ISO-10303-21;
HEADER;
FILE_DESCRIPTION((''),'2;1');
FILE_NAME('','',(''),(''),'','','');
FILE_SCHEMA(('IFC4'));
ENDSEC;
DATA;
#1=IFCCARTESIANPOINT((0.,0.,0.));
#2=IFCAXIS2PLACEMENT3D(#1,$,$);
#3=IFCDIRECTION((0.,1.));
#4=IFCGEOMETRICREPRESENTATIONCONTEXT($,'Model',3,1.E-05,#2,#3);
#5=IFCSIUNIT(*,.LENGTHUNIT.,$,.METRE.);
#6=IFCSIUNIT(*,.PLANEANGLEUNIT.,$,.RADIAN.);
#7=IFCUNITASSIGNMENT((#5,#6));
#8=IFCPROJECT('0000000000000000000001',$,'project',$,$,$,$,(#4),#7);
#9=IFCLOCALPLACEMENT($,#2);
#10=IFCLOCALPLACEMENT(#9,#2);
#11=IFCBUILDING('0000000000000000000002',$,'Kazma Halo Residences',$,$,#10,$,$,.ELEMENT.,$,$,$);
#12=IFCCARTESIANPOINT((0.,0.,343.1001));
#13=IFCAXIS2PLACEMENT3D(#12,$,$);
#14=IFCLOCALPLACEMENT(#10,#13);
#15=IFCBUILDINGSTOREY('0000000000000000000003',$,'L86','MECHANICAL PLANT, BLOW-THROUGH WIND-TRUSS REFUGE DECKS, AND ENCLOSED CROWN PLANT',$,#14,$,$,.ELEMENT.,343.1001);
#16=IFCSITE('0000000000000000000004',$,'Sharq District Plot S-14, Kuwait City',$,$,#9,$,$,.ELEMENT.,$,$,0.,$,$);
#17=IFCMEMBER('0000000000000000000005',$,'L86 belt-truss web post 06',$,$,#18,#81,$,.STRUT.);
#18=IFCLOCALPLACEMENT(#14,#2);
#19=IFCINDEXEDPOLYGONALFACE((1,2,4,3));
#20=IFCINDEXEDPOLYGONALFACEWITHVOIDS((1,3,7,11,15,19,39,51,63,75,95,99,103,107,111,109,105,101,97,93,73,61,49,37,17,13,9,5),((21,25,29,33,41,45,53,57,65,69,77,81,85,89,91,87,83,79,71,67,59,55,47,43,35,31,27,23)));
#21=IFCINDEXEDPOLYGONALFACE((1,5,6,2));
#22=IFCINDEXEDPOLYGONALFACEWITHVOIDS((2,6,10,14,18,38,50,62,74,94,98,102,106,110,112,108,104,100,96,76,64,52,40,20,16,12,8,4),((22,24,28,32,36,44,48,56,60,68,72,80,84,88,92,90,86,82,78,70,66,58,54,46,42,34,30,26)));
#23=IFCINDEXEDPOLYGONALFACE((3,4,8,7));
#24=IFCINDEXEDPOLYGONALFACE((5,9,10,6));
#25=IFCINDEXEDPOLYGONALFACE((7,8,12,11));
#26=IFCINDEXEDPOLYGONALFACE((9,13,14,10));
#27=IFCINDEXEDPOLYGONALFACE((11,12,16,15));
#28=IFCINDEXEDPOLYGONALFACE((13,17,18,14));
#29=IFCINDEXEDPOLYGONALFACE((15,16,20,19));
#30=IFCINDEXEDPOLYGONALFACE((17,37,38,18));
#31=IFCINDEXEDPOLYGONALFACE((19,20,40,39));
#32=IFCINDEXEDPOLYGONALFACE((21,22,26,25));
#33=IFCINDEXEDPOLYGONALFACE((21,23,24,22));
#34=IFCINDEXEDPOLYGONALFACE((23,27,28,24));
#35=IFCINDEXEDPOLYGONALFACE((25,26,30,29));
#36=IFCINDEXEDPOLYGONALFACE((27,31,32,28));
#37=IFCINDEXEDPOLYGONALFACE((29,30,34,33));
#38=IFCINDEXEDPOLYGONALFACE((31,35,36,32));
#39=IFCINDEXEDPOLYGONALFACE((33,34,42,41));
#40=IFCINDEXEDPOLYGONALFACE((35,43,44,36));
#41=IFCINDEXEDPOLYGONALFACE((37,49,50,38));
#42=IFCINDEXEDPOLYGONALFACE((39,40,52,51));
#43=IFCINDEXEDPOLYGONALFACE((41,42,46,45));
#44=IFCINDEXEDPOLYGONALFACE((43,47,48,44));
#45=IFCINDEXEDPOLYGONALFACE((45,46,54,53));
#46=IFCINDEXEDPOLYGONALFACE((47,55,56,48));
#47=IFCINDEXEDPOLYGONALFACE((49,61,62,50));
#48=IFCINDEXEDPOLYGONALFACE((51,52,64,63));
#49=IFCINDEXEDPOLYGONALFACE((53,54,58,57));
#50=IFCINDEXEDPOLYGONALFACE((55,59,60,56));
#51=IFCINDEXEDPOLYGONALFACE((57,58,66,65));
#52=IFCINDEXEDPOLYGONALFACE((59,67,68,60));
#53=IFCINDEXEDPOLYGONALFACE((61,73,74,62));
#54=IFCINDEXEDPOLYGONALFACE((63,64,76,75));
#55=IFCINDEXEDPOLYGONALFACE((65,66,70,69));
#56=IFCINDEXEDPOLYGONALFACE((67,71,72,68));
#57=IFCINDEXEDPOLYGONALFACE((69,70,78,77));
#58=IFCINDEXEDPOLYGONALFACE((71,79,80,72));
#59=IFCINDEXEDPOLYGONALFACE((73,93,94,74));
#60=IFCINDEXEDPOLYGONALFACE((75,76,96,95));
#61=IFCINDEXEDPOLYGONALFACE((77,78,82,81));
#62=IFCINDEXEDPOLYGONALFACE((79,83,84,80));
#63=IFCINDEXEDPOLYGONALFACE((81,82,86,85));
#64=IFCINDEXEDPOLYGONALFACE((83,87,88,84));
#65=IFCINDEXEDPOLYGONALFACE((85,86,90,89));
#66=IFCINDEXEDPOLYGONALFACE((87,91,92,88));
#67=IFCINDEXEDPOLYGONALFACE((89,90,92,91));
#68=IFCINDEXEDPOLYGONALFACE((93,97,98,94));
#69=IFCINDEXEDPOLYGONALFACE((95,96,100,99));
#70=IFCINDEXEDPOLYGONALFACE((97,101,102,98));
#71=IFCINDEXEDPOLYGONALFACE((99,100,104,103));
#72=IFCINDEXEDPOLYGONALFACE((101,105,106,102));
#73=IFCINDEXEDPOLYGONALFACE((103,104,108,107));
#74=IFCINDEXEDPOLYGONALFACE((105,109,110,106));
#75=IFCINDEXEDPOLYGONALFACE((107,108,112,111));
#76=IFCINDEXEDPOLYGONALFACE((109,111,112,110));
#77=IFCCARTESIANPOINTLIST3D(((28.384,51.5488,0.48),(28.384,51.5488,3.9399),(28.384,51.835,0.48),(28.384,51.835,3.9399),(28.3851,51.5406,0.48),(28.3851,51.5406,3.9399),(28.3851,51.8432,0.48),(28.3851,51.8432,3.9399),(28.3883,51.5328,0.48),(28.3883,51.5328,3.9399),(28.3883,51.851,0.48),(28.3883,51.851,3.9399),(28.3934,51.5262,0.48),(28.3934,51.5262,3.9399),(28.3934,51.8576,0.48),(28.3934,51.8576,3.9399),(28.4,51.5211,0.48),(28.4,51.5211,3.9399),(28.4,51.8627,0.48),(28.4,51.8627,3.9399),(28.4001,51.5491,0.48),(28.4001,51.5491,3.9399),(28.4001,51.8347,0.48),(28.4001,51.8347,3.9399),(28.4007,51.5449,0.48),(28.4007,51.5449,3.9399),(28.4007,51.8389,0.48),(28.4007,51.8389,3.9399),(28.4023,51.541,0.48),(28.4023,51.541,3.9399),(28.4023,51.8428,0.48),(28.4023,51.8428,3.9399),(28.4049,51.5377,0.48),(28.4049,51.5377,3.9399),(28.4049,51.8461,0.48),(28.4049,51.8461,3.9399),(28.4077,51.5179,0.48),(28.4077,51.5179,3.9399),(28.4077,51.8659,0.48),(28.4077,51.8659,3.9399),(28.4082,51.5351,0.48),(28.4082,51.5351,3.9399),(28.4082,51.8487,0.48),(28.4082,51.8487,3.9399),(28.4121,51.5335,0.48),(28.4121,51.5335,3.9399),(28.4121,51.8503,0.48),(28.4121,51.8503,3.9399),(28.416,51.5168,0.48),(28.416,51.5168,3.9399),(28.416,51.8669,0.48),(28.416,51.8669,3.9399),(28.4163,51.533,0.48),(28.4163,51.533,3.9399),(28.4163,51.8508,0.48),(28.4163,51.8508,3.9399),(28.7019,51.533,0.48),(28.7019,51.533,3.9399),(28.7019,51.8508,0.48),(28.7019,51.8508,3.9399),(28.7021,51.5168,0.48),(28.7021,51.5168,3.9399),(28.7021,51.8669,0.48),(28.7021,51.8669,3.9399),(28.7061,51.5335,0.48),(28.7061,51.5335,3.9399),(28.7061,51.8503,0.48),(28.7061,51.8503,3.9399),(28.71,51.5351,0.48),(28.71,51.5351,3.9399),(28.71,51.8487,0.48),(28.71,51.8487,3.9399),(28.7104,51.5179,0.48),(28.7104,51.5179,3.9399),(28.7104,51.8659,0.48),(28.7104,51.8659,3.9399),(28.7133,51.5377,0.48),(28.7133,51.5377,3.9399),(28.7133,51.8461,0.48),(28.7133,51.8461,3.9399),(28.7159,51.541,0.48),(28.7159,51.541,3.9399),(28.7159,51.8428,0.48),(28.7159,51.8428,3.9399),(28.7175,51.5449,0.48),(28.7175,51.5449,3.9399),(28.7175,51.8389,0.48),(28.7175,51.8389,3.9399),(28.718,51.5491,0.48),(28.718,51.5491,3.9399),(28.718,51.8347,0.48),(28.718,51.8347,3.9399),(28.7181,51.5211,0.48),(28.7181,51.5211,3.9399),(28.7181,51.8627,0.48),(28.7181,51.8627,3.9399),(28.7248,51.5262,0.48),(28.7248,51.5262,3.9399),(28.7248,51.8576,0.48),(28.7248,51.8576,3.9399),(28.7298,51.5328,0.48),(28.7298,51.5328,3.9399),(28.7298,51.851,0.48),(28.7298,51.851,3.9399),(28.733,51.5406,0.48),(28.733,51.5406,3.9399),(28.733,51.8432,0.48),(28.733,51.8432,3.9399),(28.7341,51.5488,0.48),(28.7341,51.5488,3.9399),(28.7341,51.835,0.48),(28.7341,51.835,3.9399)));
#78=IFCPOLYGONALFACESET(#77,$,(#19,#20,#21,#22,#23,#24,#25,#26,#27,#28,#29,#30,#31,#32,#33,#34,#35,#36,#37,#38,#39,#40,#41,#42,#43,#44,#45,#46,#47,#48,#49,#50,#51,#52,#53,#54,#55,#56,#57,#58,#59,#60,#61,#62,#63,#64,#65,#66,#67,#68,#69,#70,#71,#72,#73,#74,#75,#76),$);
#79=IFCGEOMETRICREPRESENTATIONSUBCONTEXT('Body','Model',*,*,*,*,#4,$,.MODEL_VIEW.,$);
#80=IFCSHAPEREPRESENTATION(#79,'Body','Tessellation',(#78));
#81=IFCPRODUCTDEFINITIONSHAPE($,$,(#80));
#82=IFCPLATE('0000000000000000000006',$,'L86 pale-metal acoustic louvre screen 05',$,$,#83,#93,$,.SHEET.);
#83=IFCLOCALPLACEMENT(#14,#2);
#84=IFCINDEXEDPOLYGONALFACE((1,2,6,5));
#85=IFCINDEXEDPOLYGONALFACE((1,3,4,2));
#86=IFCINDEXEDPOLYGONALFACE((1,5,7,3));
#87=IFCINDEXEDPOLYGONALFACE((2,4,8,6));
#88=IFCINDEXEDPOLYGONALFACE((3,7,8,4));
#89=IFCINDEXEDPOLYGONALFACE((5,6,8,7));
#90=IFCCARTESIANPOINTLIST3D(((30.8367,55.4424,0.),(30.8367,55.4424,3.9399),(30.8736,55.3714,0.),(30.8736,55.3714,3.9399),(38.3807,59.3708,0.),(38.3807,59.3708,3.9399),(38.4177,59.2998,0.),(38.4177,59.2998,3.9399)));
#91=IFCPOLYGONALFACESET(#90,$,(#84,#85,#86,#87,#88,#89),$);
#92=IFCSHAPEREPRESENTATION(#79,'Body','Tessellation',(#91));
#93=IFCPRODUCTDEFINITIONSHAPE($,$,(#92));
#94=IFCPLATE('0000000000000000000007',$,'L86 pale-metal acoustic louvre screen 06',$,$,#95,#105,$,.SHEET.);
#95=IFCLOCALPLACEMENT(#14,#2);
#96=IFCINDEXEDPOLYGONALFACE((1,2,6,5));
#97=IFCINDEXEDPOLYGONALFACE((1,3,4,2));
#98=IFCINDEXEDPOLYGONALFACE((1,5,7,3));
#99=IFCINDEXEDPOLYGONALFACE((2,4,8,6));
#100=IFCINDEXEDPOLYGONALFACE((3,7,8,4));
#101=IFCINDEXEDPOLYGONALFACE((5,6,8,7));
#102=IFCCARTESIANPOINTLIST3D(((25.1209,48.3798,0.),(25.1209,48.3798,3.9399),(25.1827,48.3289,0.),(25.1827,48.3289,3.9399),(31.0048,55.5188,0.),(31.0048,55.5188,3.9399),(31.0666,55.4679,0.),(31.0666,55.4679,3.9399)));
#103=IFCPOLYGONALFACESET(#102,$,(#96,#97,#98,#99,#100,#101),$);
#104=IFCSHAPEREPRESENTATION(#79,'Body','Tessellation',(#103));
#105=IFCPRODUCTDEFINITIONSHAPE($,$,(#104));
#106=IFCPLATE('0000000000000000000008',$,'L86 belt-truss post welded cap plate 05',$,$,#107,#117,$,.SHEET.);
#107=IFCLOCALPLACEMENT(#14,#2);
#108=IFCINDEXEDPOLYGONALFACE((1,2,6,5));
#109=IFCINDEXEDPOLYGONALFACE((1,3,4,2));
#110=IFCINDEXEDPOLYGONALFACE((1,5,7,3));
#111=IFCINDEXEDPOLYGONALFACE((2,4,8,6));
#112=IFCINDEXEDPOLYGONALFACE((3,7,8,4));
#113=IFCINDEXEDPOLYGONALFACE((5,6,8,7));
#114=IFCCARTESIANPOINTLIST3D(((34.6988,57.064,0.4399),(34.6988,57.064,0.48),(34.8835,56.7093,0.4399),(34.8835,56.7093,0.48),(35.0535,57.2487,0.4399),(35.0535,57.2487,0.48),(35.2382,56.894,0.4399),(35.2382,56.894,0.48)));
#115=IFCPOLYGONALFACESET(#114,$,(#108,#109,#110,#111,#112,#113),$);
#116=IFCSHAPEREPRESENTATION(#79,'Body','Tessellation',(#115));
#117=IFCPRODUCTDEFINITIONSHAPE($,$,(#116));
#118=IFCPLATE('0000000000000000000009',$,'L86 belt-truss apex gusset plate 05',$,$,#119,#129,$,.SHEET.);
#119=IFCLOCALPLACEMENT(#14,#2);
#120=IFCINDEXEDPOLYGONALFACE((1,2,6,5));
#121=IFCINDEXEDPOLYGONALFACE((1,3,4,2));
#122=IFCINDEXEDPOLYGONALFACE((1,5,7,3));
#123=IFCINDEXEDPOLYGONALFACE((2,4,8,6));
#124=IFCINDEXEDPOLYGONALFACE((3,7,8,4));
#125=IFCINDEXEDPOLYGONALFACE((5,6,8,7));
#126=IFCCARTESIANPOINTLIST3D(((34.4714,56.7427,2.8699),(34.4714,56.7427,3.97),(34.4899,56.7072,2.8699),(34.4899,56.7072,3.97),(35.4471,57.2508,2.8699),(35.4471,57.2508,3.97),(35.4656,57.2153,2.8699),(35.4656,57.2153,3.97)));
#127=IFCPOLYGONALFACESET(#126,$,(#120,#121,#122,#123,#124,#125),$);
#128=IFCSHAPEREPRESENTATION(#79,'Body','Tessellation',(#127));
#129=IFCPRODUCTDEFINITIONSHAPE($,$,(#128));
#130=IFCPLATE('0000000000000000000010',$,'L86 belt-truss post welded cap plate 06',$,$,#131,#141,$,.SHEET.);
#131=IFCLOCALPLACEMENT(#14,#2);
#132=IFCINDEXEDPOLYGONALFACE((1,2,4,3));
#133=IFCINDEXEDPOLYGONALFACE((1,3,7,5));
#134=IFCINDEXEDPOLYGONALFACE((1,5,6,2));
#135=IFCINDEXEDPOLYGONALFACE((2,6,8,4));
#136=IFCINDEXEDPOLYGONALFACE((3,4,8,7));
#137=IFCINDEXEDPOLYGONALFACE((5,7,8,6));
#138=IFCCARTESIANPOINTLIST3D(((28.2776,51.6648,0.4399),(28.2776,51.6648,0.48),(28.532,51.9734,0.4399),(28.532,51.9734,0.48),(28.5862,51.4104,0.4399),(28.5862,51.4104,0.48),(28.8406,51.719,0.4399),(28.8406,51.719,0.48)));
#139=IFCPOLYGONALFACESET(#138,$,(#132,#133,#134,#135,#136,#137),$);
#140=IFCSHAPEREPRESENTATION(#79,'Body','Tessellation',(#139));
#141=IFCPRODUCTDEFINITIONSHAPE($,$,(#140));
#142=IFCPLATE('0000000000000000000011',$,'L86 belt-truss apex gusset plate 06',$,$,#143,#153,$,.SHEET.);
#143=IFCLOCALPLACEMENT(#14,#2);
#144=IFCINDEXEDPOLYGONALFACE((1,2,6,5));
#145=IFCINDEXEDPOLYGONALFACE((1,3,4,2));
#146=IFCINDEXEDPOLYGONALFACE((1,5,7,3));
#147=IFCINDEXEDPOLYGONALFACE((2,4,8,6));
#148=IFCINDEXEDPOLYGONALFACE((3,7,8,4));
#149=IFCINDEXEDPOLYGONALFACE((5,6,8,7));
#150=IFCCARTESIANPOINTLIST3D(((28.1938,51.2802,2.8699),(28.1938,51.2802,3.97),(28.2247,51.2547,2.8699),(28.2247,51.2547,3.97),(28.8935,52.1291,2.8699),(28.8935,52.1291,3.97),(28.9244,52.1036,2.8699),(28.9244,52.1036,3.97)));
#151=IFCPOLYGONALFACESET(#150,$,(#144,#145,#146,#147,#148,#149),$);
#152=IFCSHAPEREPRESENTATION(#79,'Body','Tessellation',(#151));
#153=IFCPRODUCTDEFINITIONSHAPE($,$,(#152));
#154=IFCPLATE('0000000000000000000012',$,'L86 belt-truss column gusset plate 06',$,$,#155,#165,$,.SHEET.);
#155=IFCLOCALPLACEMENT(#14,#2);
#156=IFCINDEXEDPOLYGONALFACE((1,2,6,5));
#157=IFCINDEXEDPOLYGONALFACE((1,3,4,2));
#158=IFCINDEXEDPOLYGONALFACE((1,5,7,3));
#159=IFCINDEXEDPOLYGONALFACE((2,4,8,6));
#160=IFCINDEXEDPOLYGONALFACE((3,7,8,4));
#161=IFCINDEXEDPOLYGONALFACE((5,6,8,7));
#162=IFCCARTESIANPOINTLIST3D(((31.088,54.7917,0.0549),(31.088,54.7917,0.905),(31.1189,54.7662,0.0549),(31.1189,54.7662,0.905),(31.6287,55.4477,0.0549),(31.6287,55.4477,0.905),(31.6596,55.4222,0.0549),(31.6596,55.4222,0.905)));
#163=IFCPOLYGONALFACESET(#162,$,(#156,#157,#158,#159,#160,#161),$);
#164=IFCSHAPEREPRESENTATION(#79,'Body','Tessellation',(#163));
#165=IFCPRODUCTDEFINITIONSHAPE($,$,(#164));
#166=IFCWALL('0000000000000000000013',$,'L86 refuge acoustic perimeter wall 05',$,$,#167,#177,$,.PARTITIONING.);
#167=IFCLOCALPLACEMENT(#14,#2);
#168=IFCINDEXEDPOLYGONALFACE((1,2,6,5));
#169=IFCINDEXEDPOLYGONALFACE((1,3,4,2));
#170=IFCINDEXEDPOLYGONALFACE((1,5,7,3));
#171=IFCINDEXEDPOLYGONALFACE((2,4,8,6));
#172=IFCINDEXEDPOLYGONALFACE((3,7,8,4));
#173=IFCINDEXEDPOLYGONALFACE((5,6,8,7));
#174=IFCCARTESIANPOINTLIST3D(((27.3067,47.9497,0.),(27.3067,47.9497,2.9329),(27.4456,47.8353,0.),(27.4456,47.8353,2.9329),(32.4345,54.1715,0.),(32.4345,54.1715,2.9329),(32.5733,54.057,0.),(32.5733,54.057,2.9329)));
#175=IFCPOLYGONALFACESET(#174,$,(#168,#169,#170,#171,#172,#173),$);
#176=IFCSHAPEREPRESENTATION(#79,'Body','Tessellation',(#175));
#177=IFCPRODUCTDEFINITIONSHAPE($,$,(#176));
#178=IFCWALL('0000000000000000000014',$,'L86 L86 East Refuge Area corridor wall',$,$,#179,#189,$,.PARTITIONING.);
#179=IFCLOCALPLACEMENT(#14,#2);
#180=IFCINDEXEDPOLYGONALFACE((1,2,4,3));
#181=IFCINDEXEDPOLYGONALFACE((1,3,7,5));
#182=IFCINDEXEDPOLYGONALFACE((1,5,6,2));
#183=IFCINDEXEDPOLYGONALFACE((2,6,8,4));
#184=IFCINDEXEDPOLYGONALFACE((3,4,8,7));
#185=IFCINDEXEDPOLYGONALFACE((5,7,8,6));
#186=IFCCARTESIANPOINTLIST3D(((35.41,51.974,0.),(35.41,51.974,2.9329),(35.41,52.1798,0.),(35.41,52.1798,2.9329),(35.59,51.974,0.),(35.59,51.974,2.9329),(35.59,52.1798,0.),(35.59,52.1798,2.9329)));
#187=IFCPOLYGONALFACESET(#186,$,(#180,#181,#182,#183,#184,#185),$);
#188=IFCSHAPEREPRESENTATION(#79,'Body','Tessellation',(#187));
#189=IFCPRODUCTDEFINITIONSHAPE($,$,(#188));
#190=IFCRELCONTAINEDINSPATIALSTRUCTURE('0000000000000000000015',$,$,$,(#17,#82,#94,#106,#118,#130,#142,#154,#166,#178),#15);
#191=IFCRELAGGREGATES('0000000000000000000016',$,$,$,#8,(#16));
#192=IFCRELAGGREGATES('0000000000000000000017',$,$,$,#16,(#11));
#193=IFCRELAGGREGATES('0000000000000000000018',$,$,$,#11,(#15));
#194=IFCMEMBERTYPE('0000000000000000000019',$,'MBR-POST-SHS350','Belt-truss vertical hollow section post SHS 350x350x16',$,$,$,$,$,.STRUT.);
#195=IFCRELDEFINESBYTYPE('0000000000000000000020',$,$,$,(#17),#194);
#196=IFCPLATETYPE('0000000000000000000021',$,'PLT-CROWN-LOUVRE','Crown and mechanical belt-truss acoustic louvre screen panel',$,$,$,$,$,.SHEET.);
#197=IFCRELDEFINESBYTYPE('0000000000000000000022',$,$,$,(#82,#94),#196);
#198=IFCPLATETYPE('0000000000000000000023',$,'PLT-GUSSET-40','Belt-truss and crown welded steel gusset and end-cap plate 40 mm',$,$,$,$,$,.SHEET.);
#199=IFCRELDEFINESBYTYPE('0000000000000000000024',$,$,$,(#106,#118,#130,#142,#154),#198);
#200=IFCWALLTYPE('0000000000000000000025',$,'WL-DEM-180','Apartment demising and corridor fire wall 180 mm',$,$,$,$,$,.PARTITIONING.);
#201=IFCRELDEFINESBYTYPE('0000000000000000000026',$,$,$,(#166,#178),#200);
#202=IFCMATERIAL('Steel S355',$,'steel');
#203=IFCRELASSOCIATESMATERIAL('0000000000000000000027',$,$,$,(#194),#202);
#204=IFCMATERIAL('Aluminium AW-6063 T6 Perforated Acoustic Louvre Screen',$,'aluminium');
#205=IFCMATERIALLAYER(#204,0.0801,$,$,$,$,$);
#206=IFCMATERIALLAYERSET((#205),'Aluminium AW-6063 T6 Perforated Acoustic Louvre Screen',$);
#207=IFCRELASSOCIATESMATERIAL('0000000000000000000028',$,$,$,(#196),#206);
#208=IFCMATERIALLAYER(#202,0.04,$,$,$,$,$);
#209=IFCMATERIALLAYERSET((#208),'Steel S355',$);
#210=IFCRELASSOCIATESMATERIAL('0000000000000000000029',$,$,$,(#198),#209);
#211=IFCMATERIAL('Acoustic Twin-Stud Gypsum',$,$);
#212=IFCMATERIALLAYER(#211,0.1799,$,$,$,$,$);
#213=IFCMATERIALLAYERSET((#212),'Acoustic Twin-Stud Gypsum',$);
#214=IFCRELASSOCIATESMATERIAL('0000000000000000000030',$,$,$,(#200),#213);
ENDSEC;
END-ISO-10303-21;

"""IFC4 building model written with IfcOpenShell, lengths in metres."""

from ifc_helpers import new_model, si_unit, direction, frame, frame_2d, origin, origin_2d, place, context, subcontext, project, spatial, rectangle, hollow_rectangle, extrude, material, layer, layer_set, material_profile, profile_set, type_object, element, save


model = new_model("IFC4")

# Units and contexts
model_context = context("Model", 3, precision=1e-05, world=origin(), true_north=direction((0.0, 1.0)))
body_context = subcontext(model_context, "Body", "Model", "MODEL_VIEW")
ifc_project = project(units=[si_unit("LENGTHUNIT", "METRE"), si_unit("PLANEANGLEUNIT", "RADIAN")], contexts=[model_context])

# Site, building, storey
site_placement = place(None, origin())
site = spatial("IfcSite", under=ifc_project, at=site_placement, Name="Sharq District Plot S-14, Kuwait City", CompositionType="ELEMENT", RefElevation=0.0)
building_placement = place(site_placement, origin())
building = spatial("IfcBuilding", under=site, at=building_placement, Name="Kazma Halo Residences", CompositionType="ELEMENT")
storey_placement = place(building_placement, frame((0.0, 0.0, 343.1001)))
storey = spatial("IfcBuildingStorey", under=building, at=storey_placement, Name="L86", Description="MECHANICAL PLANT, BLOW-THROUGH WIND-TRUSS REFUGE DECKS, AND ENCLOSED CROWN PLANT", CompositionType="ELEMENT", Elevation=343.1001)

# Shared definitions
ifc_material_1 = material(Name="Steel S355", Category="steel")

# Member
ifc_material_profile_1 = material_profile(ifc_material_1, hollow_rectangle(XDim=0.3501, YDim=0.3501, WallThickness=0.0161, InnerFilletRadius=0.0161, OuterFilletRadius=0.032, at=origin_2d()), Name="SHS350x350x16")
ifc_profile_set_1 = profile_set([ifc_material_profile_1], Name="Steel S355")
member_type_1 = type_object("IfcMemberType", Name="MBR-POST-SHS350", Description="Belt-truss vertical hollow section post SHS 350x350x16", PredefinedType="STRUT", material=ifc_profile_set_1)
for number, where, z_axis, x_axis, name in (
    (1, (28.5591, 51.6919, 0.48), (0.0, 0.0, 1.0), (1.0, 0.0, 0.0), "L86 belt-truss web post 06"),
):
    element("IfcMember", number, at=place(storey_placement, frame(where, z_axis=z_axis, x_axis=x_axis)), inside=storey, type_object=member_type_1, Name=name, PredefinedType="STRUT", context=body_context, shape_type="SweptSolid", body=[
        extrude(hollow_rectangle(XDim=0.3501, YDim=0.3501, WallThickness=0.0161, InnerFilletRadius=0.0161, OuterFilletRadius=0.032, at=origin_2d()), origin(), (0.0, 0.0, 1.0), 3.46),
    ])

# Plates
ifc_material_2 = material(Name="Aluminium AW-6063 T6 Perforated Acoustic Louvre Screen", Category="aluminium")
ifc_layer_1 = layer(ifc_material_2, 0.0801)
ifc_layer_set_1 = layer_set([ifc_layer_1], Name="Aluminium AW-6063 T6 Perforated Acoustic Louvre Screen")
plate_type_1 = type_object("IfcPlateType", Name="PLT-CROWN-LOUVRE", Description="Crown and mechanical belt-truss acoustic louvre screen panel", PredefinedType="SHEET", material=ifc_layer_set_1)
plate_1_placement = place(storey_placement, frame((34.6272, 57.3711, 0.0), z_axis=(0.0, 0.0, 1.0), x_axis=(-0.886953, -0.461859, 0.0)))
element("IfcPlate", 2, at=plate_1_placement, inside=storey, type_object=plate_type_1, Name="L86 pale-metal acoustic louvre screen 05", PredefinedType="SHEET", context=body_context, shape_type="SweptSolid", body=[
    extrude(rectangle(XDim=8.5056, YDim=0.0801, at=origin_2d()), origin(), (0.0, 0.0, 1.0), 3.9399),
])
plate_2_placement = place(storey_placement, frame((28.0938, 51.9238, 0.0), z_axis=(0.0, 0.0, 1.0), x_axis=(-0.636007, -0.771684, 0.0)))
element("IfcPlate", 3, at=plate_2_placement, inside=storey, type_object=plate_type_1, Name="L86 pale-metal acoustic louvre screen 06", PredefinedType="SHEET", context=body_context, shape_type="SweptSolid", body=[
    extrude(rectangle(XDim=9.2512, YDim=0.0801, at=origin_2d()), origin(), (0.0, 0.0, 1.0), 3.9399),
])
ifc_layer_2 = layer(ifc_material_1, 0.04)
ifc_layer_set_2 = layer_set([ifc_layer_2], Name="Steel S355")
plate_type_2 = type_object("IfcPlateType", Name="PLT-GUSSET-40", Description="Belt-truss and crown welded steel gusset and end-cap plate 40 mm", PredefinedType="SHEET", material=ifc_layer_set_2)
plate_3_placement = place(storey_placement, frame((34.9685, 56.979, 0.4399), z_axis=(0.0, 0.0, 1.0), x_axis=(-0.886953, -0.461859, 0.0)))
element("IfcPlate", 4, at=plate_3_placement, inside=storey, type_object=plate_type_2, Name="L86 belt-truss post welded cap plate 05", PredefinedType="SHEET", context=body_context, shape_type="SweptSolid", body=[
    extrude(rectangle(XDim=0.3999, YDim=0.3999, at=origin_2d()), origin(), (0.0, 0.0, 1.0), 0.04),
])
plate_4_placement = place(storey_placement, frame((34.9685, 56.979, 2.8699), z_axis=(0.0, 0.0, 1.0), x_axis=(-0.886953, -0.461859, 0.0)))
element("IfcPlate", 5, at=plate_4_placement, inside=storey, type_object=plate_type_2, Name="L86 belt-truss apex gusset plate 05", PredefinedType="SHEET", context=body_context, shape_type="SweptSolid", body=[
    extrude(rectangle(XDim=1.1001, YDim=0.04, at=origin_2d()), origin(), (0.0, 0.0, 1.0), 1.1001),
])
plate_5_placement = place(storey_placement, frame((28.5591, 51.6919, 0.4399), z_axis=(0.0, 0.0, 1.0), x_axis=(-0.636007, -0.771684, 0.0)))
element("IfcPlate", 6, at=plate_5_placement, inside=storey, type_object=plate_type_2, Name="L86 belt-truss post welded cap plate 06", PredefinedType="SHEET", context=body_context, shape_type="SweptSolid", body=[
    extrude(rectangle(XDim=0.3999, YDim=0.3999, at=origin_2d()), origin(), (0.0, 0.0, 1.0), 0.04),
])
plate_6_placement = place(storey_placement, frame((28.5591, 51.6919, 2.8699), z_axis=(0.0, 0.0, 1.0), x_axis=(-0.636007, -0.771684, 0.0)))
element("IfcPlate", 7, at=plate_6_placement, inside=storey, type_object=plate_type_2, Name="L86 belt-truss apex gusset plate 06", PredefinedType="SHEET", context=body_context, shape_type="SweptSolid", body=[
    extrude(rectangle(XDim=1.1001, YDim=0.04, at=origin_2d()), origin(), (0.0, 0.0, 1.0), 1.1001),
])
plate_7_placement = place(storey_placement, frame((31.3738, 55.1069, 0.0549), z_axis=(0.0, 0.0, 1.0), x_axis=(-0.636007, -0.771684, 0.0)))
element("IfcPlate", 8, at=plate_7_placement, inside=storey, type_object=plate_type_2, Name="L86 belt-truss column gusset plate 06", PredefinedType="SHEET", context=body_context, shape_type="SweptSolid", body=[
    extrude(rectangle(XDim=0.8501, YDim=0.04, at=origin_2d()), origin(), (0.0, 0.0, 1.0), 0.8501),
])

# Walls
ifc_material_3 = material(Name="Acoustic Twin-Stud Gypsum")
ifc_layer_3 = layer(ifc_material_3, 0.1799)
ifc_layer_set_3 = layer_set([ifc_layer_3], Name="Acoustic Twin-Stud Gypsum")
wall_type = type_object("IfcWallType", Name="WL-DEM-180", Description="Apartment demising and corridor fire wall 180 mm", PredefinedType="PARTITIONING", material=ifc_layer_set_3)
wall_1_placement = place(storey_placement, frame((32.5039, 54.1143, 0.0), z_axis=(0.0, 0.0, 1.0), x_axis=(-0.635999, -0.77169, 0.0)))
element("IfcWall", 9, at=wall_1_placement, inside=storey, type_object=wall_type, Name="L86 refuge acoustic perimeter wall 05", PredefinedType="PARTITIONING", context=body_context, shape_type="SweptSolid", body=[
    extrude(rectangle(XDim=8.0625, YDim=0.1799, at=frame_2d((4.0312, 0.0))), origin(), (0.0, 0.0, 1.0), 2.9329),
])
wall_2_placement = place(storey_placement, frame((35.5, 52.1799, 0.0), z_axis=(0.0, 0.0, 1.0), x_axis=(0.0, -1.0, 0.0)))
element("IfcWall", 10, at=wall_2_placement, inside=storey, type_object=wall_type, Name="L86 L86 East Refuge Area corridor wall", PredefinedType="PARTITIONING", context=body_context, shape_type="SweptSolid", body=[
    extrude(rectangle(XDim=0.2058, YDim=0.1799, at=frame_2d((0.103, 0.0))), origin(), (0.0, 0.0, 1.0), 2.9329),
])

save(model, "model.ifc")
